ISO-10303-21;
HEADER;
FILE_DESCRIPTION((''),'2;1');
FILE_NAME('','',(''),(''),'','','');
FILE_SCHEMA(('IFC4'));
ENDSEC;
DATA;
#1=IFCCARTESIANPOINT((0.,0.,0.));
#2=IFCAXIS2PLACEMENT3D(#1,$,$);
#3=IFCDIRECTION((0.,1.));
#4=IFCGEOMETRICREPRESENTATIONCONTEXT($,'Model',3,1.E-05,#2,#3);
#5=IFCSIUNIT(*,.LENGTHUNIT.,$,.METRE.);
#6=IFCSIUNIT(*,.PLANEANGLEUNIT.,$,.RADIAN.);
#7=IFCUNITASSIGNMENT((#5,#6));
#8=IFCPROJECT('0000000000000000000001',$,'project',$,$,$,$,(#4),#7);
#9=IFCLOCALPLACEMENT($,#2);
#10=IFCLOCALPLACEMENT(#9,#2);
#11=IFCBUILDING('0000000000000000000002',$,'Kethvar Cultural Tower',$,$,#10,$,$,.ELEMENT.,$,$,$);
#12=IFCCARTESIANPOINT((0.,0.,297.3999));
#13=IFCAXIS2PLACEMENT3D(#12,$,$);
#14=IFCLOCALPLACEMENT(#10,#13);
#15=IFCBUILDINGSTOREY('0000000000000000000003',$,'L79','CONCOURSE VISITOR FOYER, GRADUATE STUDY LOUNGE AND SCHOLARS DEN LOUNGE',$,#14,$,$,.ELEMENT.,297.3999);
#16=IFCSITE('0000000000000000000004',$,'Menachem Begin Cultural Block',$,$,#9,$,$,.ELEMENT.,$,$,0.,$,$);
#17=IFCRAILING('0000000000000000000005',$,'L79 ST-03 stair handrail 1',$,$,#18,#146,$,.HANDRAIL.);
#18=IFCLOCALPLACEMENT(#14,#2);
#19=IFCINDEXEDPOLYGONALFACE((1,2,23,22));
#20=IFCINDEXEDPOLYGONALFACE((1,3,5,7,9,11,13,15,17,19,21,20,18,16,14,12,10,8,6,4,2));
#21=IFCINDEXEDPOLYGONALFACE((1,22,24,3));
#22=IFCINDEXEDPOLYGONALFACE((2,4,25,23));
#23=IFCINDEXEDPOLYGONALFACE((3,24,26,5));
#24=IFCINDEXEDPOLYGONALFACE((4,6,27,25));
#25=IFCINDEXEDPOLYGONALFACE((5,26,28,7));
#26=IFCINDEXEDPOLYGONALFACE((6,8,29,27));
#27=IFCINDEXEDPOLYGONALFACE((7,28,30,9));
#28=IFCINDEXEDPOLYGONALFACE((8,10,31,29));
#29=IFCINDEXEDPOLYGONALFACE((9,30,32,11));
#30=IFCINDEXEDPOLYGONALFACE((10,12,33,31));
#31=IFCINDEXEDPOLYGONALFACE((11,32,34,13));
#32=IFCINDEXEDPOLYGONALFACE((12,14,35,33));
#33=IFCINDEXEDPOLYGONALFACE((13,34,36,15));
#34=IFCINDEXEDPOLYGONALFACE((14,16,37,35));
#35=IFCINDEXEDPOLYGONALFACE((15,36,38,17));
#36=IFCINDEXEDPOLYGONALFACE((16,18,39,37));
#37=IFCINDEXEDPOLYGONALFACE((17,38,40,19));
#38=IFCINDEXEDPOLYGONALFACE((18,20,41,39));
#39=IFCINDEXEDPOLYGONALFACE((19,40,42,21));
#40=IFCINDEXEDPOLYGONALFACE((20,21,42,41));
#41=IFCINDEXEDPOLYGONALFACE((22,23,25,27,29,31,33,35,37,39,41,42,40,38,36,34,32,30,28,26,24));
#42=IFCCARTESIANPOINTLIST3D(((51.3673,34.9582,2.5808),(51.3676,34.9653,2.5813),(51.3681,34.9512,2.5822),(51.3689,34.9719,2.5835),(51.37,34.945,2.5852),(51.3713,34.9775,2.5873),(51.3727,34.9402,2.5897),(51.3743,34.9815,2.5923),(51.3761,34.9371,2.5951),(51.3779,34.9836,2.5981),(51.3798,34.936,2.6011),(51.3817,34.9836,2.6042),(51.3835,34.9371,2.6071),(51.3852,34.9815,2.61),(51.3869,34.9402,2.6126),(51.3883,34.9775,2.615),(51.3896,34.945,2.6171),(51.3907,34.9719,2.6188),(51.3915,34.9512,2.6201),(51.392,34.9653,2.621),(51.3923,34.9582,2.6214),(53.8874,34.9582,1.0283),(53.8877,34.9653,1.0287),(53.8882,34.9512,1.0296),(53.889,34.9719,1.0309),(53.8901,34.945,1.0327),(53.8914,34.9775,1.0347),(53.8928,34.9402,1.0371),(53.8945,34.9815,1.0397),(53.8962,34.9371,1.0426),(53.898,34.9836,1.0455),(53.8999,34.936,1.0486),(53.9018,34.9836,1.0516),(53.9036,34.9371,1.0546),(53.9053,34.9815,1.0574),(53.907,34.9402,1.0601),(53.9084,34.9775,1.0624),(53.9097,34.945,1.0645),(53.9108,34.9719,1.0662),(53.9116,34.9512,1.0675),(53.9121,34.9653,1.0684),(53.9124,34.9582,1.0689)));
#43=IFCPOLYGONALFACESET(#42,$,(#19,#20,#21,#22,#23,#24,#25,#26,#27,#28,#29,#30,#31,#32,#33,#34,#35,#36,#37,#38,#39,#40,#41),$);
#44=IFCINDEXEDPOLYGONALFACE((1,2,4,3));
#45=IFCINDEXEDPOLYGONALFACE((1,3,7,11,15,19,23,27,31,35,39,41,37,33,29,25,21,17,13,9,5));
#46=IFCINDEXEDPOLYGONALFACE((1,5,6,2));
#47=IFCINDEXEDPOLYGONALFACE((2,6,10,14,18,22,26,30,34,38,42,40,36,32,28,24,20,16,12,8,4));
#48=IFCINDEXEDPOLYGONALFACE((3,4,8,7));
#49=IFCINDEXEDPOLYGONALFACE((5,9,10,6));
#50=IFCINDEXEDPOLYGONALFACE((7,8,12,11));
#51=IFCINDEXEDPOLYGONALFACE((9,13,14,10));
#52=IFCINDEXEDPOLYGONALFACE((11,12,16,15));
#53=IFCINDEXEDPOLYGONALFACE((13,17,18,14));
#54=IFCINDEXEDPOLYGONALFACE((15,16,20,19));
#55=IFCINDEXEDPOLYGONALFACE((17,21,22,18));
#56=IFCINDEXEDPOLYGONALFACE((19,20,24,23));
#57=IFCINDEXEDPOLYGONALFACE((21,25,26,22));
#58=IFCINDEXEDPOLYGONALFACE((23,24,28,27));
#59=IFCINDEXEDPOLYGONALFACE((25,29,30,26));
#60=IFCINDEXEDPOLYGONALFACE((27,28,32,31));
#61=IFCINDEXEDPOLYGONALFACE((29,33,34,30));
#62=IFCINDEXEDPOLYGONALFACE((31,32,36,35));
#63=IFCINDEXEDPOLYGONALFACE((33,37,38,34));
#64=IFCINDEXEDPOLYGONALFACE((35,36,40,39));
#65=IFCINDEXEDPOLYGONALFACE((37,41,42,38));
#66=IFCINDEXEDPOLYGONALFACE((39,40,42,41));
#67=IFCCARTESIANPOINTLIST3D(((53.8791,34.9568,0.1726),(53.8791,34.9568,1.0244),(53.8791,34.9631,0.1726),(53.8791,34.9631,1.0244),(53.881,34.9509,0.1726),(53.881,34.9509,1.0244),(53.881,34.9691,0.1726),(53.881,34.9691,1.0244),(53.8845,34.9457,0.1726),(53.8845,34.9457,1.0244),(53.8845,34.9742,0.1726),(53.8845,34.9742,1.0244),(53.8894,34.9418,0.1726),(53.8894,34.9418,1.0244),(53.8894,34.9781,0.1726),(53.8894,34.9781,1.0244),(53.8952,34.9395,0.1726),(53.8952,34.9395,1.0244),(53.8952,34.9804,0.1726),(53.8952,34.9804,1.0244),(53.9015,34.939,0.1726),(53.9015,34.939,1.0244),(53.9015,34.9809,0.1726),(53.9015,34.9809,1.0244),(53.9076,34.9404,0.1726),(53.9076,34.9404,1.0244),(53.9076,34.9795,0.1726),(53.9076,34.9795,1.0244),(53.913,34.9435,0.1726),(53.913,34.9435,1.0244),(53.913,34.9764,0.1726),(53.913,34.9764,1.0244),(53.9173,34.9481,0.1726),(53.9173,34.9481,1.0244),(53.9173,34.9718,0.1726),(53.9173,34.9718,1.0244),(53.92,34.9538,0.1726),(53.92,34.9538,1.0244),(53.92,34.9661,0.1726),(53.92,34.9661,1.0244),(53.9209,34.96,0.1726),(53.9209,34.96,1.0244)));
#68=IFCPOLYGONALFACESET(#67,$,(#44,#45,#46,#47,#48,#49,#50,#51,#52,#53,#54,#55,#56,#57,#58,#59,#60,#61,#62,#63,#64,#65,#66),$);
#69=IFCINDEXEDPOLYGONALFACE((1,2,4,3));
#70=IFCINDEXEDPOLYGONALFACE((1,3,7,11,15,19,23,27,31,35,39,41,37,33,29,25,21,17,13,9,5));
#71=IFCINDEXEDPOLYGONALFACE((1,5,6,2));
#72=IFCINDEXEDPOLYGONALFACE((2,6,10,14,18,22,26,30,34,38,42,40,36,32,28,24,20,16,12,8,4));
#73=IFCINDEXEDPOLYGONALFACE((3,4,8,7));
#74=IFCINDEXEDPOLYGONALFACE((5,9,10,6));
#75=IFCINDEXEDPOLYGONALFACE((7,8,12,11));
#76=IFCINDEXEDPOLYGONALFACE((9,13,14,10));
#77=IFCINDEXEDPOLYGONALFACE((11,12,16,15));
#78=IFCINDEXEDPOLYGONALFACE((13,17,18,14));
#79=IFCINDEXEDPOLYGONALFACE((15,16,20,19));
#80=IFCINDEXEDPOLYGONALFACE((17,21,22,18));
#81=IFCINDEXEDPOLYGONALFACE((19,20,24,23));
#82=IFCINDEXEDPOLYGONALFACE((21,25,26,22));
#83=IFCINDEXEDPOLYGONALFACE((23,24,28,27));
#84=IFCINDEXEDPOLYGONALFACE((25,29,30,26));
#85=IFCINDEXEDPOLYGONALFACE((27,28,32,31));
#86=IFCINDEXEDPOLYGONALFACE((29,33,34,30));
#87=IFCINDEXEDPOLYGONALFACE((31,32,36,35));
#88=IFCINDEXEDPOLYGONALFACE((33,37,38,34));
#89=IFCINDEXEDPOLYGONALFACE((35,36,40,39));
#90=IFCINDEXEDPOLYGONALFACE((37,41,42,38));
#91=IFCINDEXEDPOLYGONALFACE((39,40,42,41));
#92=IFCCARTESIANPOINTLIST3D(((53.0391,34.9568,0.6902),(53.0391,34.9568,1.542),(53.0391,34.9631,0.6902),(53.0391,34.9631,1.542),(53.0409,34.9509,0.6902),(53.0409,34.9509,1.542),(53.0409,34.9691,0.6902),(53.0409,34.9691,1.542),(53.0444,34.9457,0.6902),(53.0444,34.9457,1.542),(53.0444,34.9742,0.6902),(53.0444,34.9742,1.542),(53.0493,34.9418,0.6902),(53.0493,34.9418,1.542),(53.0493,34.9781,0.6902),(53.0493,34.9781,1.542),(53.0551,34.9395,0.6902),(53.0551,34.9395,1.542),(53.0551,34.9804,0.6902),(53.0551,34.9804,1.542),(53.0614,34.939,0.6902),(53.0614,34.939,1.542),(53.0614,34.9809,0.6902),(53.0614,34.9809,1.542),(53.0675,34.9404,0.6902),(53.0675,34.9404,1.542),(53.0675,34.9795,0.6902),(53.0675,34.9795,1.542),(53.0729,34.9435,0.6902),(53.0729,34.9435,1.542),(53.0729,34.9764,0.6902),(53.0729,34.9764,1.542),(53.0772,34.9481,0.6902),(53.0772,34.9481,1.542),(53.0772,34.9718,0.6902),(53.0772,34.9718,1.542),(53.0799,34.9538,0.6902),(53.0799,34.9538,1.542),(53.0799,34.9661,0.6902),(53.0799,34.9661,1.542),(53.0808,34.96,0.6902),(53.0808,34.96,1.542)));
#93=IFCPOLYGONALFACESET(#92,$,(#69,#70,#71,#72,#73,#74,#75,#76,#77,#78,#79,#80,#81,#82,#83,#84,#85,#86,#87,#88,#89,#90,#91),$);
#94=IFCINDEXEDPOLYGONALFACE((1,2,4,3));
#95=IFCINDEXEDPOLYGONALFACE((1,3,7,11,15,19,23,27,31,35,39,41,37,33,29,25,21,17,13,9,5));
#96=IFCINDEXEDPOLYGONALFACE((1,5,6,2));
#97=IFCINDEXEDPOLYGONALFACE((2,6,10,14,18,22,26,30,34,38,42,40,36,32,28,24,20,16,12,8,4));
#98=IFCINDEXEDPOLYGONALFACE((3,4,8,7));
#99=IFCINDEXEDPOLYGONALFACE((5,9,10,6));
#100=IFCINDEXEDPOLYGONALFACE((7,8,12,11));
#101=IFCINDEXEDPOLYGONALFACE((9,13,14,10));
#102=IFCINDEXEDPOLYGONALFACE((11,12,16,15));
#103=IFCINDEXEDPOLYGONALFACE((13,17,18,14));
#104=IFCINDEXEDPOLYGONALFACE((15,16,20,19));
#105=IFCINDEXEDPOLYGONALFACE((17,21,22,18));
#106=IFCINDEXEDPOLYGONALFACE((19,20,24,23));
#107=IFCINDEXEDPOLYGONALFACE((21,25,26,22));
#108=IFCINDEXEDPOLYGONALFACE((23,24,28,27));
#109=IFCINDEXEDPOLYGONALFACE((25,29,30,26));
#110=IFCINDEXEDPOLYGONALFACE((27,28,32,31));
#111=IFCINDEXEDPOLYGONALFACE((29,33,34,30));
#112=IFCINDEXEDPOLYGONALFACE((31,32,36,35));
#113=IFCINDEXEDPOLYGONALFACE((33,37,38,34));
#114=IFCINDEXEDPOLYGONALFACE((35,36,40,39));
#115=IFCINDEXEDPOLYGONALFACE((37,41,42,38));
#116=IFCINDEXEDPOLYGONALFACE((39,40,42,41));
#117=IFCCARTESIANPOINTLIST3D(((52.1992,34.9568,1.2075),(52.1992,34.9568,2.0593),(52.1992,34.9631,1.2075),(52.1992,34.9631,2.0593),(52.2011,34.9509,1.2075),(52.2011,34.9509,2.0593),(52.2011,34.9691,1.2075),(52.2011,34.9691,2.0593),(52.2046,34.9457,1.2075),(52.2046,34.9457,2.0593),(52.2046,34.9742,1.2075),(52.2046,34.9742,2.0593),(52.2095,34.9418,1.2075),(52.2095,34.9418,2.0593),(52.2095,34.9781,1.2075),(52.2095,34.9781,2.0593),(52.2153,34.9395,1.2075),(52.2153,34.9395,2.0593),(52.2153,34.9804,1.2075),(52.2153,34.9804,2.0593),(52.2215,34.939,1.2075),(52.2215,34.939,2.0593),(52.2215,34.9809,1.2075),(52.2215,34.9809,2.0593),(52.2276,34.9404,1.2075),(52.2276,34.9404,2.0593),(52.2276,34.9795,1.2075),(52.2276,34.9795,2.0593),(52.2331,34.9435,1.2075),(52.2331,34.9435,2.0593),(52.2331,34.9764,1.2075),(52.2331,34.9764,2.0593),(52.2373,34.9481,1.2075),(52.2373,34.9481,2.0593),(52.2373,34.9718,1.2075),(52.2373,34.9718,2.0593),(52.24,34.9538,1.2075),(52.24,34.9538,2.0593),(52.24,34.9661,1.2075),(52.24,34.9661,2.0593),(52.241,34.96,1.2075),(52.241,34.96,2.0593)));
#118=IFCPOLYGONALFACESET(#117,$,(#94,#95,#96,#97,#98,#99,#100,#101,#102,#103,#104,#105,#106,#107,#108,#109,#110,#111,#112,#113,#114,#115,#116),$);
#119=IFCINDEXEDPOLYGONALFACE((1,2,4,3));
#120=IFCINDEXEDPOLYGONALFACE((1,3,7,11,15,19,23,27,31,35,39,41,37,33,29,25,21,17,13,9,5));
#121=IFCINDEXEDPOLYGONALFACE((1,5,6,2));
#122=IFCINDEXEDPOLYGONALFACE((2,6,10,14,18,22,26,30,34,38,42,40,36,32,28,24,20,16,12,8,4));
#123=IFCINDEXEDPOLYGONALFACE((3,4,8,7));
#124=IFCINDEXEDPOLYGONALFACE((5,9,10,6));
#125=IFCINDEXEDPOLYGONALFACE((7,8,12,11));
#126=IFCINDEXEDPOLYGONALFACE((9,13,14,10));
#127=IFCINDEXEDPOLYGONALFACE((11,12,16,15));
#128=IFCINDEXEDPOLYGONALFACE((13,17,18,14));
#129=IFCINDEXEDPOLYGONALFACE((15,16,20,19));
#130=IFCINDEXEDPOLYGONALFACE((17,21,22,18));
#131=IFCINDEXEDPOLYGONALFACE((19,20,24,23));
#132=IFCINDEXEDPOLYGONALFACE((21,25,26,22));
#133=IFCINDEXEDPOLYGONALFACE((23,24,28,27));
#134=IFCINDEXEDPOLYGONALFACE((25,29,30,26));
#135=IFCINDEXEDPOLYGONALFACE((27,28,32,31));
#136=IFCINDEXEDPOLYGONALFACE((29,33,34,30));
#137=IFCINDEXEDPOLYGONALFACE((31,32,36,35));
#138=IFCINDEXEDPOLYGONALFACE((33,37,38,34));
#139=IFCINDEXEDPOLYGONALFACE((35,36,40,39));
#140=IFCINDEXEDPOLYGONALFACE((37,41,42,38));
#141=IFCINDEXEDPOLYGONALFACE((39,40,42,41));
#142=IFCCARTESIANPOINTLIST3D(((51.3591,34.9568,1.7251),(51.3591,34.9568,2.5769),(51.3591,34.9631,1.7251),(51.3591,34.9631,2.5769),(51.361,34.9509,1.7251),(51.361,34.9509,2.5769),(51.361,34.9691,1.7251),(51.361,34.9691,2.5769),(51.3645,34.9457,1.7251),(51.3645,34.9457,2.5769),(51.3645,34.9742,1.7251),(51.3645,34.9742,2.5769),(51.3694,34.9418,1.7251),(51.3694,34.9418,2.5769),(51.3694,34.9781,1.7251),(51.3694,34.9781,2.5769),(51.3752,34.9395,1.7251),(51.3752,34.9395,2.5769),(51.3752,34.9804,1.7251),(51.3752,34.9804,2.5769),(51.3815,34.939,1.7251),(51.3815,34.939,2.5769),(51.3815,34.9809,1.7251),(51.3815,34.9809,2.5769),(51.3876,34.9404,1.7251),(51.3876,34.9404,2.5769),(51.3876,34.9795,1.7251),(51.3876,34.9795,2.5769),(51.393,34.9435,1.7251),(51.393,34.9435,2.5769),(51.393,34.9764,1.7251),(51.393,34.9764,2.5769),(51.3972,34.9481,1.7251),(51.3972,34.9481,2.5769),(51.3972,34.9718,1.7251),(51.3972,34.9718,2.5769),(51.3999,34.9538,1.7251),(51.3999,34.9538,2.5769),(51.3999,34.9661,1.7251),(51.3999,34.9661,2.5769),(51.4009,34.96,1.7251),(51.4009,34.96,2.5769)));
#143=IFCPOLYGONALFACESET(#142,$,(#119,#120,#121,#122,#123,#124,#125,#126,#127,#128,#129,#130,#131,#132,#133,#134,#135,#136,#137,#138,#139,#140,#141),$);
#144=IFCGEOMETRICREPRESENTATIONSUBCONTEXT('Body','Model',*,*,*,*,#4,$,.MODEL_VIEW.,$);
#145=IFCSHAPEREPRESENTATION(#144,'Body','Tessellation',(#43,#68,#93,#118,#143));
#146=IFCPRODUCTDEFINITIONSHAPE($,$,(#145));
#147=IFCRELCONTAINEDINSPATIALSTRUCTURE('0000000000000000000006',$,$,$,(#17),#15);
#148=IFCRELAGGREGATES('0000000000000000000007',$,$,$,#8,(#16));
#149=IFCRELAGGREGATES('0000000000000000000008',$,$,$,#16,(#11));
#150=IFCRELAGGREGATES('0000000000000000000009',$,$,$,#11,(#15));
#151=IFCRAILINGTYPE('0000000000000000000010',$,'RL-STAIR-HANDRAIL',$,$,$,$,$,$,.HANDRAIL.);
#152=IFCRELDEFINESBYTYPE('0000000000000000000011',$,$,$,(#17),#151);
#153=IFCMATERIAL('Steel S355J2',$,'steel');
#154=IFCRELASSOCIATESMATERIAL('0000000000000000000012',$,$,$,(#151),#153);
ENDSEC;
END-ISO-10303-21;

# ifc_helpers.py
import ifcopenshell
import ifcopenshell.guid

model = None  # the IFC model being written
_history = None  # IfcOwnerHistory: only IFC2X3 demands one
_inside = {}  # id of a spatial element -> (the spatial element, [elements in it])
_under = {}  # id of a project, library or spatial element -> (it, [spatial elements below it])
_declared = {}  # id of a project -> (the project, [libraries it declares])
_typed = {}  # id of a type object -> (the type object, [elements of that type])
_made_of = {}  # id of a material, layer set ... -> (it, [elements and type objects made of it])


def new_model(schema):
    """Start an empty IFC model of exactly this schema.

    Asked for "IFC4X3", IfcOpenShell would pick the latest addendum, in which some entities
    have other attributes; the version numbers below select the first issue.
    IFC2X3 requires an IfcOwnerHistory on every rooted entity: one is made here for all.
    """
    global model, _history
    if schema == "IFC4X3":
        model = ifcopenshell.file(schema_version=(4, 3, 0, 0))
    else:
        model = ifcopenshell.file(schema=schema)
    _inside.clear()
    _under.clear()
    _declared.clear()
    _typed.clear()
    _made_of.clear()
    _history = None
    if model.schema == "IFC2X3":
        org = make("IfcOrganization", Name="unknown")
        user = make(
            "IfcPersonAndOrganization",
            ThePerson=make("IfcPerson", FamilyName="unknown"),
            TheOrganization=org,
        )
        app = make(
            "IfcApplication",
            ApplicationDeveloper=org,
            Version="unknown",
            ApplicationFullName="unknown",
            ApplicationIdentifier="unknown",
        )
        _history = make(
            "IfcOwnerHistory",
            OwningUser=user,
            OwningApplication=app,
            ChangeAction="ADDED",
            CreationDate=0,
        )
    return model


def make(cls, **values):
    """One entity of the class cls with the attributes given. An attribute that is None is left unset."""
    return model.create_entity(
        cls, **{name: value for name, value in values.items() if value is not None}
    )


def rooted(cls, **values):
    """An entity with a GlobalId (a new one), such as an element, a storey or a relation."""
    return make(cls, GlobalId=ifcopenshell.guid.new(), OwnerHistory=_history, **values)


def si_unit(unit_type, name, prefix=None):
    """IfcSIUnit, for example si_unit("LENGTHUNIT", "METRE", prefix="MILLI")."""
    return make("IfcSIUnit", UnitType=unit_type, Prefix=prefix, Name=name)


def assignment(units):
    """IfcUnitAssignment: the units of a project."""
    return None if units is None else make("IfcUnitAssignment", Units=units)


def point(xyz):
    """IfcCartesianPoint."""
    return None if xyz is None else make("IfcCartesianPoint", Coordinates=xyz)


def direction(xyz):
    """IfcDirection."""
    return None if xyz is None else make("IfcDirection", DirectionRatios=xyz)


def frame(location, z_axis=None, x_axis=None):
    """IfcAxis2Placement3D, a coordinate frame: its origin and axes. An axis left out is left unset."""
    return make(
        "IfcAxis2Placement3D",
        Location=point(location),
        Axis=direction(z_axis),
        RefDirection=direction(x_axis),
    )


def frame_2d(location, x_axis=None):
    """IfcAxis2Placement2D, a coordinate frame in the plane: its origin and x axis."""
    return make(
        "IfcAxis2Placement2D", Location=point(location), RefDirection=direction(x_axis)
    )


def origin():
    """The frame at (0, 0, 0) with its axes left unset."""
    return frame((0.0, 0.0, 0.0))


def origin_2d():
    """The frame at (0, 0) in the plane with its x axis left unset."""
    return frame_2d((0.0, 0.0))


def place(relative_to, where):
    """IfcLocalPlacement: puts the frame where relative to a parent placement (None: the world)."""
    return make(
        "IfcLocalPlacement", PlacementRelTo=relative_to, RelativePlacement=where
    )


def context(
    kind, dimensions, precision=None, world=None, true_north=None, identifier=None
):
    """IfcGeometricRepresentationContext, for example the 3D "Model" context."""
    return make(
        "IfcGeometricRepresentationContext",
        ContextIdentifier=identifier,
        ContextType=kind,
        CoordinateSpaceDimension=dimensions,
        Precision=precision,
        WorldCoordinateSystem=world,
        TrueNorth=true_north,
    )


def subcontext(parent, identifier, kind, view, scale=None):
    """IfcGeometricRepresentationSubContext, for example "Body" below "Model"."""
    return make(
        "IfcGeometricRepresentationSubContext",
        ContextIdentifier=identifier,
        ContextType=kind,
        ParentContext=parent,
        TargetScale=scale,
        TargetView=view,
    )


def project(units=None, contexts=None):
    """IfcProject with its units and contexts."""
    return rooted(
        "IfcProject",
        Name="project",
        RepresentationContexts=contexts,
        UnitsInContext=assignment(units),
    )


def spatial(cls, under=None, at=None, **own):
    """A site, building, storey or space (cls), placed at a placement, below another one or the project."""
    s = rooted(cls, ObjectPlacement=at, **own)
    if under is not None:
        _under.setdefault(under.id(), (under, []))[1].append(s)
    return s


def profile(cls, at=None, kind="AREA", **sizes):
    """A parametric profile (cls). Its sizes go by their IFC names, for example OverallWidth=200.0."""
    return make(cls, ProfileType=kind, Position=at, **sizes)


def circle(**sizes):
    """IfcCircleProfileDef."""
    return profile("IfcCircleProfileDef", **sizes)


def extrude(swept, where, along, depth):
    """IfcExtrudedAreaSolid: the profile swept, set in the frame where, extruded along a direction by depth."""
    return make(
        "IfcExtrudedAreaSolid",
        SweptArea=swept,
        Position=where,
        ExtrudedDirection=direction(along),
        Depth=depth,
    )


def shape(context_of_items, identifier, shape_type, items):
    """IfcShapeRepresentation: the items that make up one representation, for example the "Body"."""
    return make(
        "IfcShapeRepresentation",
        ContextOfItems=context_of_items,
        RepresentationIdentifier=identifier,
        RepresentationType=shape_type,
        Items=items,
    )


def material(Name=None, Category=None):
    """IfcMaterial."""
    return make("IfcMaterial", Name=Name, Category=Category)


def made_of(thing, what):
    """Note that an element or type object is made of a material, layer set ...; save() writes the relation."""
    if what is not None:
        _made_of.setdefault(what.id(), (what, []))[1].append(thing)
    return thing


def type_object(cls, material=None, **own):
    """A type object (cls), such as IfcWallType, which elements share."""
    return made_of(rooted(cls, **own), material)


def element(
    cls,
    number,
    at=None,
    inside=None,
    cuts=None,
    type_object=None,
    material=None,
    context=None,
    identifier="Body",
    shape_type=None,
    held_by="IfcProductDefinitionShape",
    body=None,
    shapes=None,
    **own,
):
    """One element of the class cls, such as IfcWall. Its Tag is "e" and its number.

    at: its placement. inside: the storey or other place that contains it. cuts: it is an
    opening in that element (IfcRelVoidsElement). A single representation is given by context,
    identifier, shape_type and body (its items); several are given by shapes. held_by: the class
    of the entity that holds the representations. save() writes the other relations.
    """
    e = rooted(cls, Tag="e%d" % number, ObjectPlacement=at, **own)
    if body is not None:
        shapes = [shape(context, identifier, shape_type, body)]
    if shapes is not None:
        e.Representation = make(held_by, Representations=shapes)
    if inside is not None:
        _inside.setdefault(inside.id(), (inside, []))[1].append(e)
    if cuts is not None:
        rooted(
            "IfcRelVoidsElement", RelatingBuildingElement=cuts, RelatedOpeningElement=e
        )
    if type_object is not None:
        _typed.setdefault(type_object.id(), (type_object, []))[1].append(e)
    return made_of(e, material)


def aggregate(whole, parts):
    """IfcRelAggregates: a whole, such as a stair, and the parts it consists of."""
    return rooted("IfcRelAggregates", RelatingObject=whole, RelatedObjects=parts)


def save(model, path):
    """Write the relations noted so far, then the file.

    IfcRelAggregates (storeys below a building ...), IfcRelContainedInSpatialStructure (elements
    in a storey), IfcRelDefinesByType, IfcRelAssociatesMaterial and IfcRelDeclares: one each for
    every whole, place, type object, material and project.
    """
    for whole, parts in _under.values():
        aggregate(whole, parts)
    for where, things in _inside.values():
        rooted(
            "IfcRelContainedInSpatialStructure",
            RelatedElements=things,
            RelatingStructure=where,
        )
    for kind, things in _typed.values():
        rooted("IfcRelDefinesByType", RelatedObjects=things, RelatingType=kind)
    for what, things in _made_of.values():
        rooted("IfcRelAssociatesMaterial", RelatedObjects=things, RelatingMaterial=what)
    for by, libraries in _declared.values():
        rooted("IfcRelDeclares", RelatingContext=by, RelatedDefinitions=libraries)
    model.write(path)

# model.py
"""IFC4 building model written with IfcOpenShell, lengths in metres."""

from ifc_helpers import new_model, si_unit, direction, frame, origin, origin_2d, place, context, subcontext, project, spatial, circle, extrude, material, type_object, element, save


model = new_model("IFC4")

# Units and contexts
model_context = context("Model", 3, precision=1e-05, world=origin(), true_north=direction((0.0, 1.0)))
body_context = subcontext(model_context, "Body", "Model", "MODEL_VIEW")
ifc_project = project(units=[si_unit("LENGTHUNIT", "METRE"), si_unit("PLANEANGLEUNIT", "RADIAN")], contexts=[model_context])

# Site, building, storey
site_placement = place(None, origin())
site = spatial("IfcSite", under=ifc_project, at=site_placement, Name="Menachem Begin Cultural Block", CompositionType="ELEMENT", RefElevation=0.0)
building_placement = place(site_placement, origin())
building = spatial("IfcBuilding", under=site, at=building_placement, Name="Kethvar Cultural Tower", CompositionType="ELEMENT")
storey_placement = place(building_placement, frame((0.0, 0.0, 297.3999)))
storey = spatial("IfcBuildingStorey", under=building, at=storey_placement, Name="L79", Description="CONCOURSE VISITOR FOYER, GRADUATE STUDY LOUNGE AND SCHOLARS DEN LOUNGE", CompositionType="ELEMENT", Elevation=297.3999)

# Shared definitions
ifc_material_1 = material(Name="Steel S355J2", Category="steel")

# Railing
railing_type_1 = type_object("IfcRailingType", Name="RL-STAIR-HANDRAIL", PredefinedType="HANDRAIL", material=ifc_material_1)
railing_1_placement = place(storey_placement, frame((53.8999, 34.96, 0.1726)))
element("IfcRailing", 1, at=railing_1_placement, inside=storey, type_object=railing_type_1, Name="L79 ST-03 stair handrail 1", PredefinedType="HANDRAIL", context=body_context, shape_type="SweptSolid", body=[
    extrude(circle(Radius=0.0239, at=origin_2d()), frame((0.0, 0.0, 0.876), z_axis=(-0.8514, 0.0, 0.524516), x_axis=(0.0, -1.0, 0.0)), (0.0, 0.0, 1.0), 2.96),
    extrude(circle(Radius=0.021, at=origin_2d()), origin(), (0.0, 0.0, 1.0), 0.8518),
    extrude(circle(Radius=0.021, at=origin_2d()), frame((-0.8401, 0.0, 0.5176)), (0.0, 0.0, 1.0), 0.8518),
    extrude(circle(Radius=0.021, at=origin_2d()), frame((-1.6799, 0.0, 1.0349)), (0.0, 0.0, 1.0), 0.8518),
    extrude(circle(Radius=0.021, at=origin_2d()), frame((-2.52, 0.0, 1.5525)), (0.0, 0.0, 1.0), 0.8518),
])

save(model, "model.ifc")
